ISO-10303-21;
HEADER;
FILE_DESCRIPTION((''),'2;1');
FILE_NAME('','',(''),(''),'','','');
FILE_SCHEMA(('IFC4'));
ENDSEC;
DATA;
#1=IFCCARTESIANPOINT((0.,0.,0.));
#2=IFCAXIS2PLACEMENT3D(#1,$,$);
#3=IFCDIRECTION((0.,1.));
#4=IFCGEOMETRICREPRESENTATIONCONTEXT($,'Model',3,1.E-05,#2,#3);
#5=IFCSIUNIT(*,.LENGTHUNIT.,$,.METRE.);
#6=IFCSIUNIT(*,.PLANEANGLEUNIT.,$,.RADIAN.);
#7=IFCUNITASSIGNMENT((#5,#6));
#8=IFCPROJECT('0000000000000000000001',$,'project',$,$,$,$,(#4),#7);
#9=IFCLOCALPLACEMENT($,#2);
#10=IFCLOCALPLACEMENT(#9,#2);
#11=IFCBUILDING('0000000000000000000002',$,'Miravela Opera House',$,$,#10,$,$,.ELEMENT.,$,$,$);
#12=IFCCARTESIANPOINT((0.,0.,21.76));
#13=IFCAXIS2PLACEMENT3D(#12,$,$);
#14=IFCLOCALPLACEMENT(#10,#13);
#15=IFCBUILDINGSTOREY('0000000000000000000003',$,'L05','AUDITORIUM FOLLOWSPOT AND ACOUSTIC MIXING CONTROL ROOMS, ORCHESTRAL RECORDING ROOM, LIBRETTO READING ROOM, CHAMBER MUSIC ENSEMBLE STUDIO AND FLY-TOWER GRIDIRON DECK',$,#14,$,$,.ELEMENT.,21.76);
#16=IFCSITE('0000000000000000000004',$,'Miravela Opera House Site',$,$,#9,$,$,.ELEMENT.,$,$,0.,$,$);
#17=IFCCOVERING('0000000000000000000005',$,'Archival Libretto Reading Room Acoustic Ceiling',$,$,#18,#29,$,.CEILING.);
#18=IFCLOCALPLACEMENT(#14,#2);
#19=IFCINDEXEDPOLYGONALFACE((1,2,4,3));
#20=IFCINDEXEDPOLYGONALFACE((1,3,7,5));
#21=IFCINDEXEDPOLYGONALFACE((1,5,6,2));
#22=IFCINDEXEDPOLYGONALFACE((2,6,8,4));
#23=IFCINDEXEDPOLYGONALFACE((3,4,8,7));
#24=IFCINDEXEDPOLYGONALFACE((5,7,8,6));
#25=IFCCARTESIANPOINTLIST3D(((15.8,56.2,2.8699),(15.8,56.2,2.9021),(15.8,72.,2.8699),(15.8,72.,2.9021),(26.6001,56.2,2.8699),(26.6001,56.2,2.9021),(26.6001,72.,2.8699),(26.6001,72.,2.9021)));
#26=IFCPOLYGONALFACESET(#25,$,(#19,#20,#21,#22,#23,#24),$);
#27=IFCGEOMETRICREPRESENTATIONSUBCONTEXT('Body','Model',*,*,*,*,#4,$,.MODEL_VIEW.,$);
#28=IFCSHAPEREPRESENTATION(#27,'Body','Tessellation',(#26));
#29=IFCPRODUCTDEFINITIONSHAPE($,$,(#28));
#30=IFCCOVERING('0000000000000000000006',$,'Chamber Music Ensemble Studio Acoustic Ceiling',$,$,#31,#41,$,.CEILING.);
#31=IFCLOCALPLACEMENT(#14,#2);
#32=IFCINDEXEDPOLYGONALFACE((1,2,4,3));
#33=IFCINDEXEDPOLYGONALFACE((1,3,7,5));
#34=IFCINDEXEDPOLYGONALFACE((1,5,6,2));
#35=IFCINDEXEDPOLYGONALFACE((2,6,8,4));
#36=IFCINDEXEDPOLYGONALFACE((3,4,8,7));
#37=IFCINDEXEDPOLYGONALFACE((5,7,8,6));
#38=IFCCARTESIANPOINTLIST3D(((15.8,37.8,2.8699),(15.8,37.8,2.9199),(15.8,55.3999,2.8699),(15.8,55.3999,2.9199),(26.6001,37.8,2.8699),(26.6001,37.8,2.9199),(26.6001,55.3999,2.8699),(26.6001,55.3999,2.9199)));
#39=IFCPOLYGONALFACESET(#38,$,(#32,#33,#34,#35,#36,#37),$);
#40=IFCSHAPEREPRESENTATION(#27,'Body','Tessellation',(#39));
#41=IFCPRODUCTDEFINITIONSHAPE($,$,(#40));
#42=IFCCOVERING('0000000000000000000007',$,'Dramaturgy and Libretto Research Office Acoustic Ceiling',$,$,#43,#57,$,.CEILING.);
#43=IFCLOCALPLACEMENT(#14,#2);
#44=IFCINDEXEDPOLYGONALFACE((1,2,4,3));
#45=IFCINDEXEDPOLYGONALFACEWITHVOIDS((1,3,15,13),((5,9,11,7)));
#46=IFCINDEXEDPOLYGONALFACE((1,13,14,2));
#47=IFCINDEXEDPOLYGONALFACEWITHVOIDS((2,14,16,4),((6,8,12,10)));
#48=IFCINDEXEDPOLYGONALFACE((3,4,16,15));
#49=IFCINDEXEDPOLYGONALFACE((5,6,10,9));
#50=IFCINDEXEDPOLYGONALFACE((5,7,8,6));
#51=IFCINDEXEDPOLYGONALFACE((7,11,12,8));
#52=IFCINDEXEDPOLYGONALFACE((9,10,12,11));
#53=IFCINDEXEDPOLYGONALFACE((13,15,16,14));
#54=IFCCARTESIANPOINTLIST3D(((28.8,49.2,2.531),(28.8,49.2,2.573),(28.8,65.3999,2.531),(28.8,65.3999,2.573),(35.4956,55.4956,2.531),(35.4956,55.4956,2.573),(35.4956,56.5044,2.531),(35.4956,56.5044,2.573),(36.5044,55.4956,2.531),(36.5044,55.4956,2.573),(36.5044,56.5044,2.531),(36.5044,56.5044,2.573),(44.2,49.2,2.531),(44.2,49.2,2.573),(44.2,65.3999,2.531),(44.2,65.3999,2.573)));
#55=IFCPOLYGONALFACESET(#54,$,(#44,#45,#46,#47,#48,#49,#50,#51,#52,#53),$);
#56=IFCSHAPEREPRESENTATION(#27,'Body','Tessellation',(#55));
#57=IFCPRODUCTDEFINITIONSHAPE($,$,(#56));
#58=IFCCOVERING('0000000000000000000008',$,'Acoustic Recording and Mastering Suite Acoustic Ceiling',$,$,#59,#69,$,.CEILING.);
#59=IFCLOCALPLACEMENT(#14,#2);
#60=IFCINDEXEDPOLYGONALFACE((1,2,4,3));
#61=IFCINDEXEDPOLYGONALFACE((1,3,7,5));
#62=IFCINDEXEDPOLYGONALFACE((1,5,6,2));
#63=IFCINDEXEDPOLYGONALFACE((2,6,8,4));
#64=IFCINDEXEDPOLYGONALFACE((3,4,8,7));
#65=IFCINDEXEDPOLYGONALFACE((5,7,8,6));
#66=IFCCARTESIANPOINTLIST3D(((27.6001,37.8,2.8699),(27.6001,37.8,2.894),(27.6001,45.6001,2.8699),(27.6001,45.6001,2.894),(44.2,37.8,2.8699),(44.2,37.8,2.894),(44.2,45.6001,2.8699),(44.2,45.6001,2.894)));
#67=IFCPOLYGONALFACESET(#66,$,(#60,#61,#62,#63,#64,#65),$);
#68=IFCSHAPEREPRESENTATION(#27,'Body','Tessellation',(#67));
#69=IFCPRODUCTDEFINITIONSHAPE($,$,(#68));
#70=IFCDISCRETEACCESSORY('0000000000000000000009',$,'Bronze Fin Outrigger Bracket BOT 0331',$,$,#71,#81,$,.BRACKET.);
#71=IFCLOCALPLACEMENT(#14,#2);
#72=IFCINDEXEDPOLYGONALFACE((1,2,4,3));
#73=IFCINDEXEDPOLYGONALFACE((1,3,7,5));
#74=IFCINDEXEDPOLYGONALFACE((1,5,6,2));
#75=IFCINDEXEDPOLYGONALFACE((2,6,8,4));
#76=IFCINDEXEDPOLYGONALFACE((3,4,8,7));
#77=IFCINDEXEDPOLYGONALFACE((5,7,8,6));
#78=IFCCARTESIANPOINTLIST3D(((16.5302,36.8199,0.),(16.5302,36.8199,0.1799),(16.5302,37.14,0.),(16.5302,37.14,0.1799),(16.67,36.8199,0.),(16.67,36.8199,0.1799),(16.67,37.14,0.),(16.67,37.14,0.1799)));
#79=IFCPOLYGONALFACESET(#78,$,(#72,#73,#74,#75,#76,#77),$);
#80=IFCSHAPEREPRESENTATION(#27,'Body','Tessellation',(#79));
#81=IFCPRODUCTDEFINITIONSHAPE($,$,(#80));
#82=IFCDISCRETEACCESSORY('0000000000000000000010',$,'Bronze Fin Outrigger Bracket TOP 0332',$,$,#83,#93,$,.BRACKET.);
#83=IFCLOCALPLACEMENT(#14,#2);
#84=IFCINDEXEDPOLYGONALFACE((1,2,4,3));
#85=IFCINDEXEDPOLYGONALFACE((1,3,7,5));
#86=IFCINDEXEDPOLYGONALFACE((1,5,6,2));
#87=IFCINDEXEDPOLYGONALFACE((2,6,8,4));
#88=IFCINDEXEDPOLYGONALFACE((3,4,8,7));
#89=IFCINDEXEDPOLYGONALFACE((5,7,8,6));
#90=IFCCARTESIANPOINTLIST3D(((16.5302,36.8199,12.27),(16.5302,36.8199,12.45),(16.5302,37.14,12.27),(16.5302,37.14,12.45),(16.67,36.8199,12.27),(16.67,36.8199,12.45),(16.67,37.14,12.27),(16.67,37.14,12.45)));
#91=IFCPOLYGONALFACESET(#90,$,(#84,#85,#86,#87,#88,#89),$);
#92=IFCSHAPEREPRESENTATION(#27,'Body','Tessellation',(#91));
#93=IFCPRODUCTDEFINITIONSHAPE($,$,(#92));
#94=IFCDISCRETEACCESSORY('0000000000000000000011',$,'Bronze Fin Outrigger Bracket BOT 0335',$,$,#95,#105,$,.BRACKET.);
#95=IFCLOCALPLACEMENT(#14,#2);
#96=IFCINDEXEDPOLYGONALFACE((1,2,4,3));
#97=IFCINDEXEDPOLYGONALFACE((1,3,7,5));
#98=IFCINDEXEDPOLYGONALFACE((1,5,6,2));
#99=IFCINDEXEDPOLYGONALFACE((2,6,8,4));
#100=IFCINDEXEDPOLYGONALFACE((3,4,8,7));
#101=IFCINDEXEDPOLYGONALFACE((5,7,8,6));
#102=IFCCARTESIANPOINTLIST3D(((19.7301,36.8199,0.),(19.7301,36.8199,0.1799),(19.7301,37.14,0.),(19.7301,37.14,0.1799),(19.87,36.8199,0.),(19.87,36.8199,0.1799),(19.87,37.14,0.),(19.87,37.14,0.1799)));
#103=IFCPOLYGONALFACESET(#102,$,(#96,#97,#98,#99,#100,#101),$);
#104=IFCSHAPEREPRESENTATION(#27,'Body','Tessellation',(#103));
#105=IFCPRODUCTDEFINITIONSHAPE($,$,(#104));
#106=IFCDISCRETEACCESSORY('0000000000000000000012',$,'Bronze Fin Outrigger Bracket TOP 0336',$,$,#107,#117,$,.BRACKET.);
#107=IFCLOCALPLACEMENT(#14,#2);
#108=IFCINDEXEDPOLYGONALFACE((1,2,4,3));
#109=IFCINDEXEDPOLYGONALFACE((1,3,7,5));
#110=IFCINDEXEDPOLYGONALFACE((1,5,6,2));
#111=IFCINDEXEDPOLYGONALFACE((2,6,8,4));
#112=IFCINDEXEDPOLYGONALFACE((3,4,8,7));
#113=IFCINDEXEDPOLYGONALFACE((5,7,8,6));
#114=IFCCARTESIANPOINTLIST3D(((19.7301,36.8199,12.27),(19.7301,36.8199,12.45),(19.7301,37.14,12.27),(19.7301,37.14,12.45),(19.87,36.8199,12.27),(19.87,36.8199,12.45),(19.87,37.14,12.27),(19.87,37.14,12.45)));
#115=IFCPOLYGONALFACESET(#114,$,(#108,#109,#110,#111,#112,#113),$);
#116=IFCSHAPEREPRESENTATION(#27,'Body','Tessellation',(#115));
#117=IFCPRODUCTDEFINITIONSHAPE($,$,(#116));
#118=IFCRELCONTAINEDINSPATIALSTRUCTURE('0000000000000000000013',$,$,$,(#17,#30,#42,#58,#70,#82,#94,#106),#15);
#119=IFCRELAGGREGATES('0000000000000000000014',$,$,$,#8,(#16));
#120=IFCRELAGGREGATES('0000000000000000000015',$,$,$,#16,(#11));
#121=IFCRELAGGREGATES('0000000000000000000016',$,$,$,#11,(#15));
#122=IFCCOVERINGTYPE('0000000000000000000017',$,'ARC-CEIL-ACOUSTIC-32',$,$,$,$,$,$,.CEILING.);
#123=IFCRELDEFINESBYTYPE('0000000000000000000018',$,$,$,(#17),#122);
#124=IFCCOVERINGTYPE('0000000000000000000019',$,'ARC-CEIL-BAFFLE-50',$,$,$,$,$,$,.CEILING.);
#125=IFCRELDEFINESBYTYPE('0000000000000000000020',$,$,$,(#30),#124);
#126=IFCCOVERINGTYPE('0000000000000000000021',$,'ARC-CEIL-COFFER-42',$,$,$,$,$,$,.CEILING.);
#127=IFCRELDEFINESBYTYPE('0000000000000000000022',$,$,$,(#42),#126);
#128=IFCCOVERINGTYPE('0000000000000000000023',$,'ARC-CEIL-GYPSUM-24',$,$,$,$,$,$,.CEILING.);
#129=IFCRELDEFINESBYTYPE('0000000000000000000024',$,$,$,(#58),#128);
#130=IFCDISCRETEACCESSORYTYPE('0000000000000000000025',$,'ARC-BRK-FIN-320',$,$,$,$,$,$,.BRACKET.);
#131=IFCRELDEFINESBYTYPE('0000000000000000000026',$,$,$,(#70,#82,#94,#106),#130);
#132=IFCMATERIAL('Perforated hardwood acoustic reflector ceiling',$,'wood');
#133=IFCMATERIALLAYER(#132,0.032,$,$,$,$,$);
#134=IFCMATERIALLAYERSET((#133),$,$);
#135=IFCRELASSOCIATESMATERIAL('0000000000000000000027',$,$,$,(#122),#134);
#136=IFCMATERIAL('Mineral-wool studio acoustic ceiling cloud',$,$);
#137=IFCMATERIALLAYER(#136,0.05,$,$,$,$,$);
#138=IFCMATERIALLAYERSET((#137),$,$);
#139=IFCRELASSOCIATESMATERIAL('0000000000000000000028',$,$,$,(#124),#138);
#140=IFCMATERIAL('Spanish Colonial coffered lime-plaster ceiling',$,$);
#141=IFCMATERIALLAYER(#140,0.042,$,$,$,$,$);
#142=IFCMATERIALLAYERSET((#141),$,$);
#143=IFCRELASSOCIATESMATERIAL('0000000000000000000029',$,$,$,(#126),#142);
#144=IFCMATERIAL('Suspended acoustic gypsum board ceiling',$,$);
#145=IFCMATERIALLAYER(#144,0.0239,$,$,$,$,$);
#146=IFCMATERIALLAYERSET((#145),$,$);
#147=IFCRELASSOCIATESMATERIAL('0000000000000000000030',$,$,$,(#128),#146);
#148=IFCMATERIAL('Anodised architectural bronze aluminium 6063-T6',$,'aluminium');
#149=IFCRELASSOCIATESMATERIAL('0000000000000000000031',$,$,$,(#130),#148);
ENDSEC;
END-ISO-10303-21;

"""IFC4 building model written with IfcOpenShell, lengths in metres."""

from ifc_helpers import new_model, si_unit, direction, frame, origin, origin_2d, place, context, subcontext, project, spatial, polyline, rectangle, outline, extrude, material, layer, layer_set, type_object, element, save


model = new_model("IFC4")

# Units and contexts
model_context = context("Model", 3, precision=1e-05, world=origin(), true_north=direction((0.0, 1.0)))
body_context = subcontext(model_context, "Body", "Model", "MODEL_VIEW")
ifc_project = project(units=[si_unit("LENGTHUNIT", "METRE"), si_unit("PLANEANGLEUNIT", "RADIAN")], contexts=[model_context])

# Site, building, storey
site_placement = place(None, origin())
site = spatial("IfcSite", under=ifc_project, at=site_placement, Name="Miravela Opera House Site", CompositionType="ELEMENT", RefElevation=0.0)
building_placement = place(site_placement, origin())
building = spatial("IfcBuilding", under=site, at=building_placement, Name="Miravela Opera House", CompositionType="ELEMENT")
storey_placement = place(building_placement, frame((0.0, 0.0, 21.76)))
storey = spatial("IfcBuildingStorey", under=building, at=storey_placement, Name="L05", Description="AUDITORIUM FOLLOWSPOT AND ACOUSTIC MIXING CONTROL ROOMS, ORCHESTRAL RECORDING ROOM, LIBRETTO READING ROOM, CHAMBER MUSIC ENSEMBLE STUDIO AND FLY-TOWER GRIDIRON DECK", CompositionType="ELEMENT", Elevation=21.76)

# Shared definitions
ifc_material_1 = material(Name="Anodised architectural bronze aluminium 6063-T6", Category="aluminium")

# Coverings
ifc_material_2 = material(Name="Perforated hardwood acoustic reflector ceiling", Category="wood")
ifc_layer_1 = layer(ifc_material_2, 0.032)
ifc_layer_set_1 = layer_set([ifc_layer_1])
covering_type_1 = type_object("IfcCoveringType", Name="ARC-CEIL-ACOUSTIC-32", PredefinedType="CEILING", material=ifc_layer_set_1)
covering_1_placement = place(storey_placement, frame((0.0, 0.0, 2.8699)))
element("IfcCovering", 1, at=covering_1_placement, inside=storey, type_object=covering_type_1, Name="Archival Libretto Reading Room Acoustic Ceiling", PredefinedType="CEILING", context=body_context, shape_type="SweptSolid", body=[
    extrude(outline(polyline([(15.8, 56.2), (26.6001, 56.2), (26.6001, 72.0), (15.8, 72.0), (15.8, 56.2)])), origin(), (0.0, 0.0, 1.0), 0.0322),
])
ifc_material_3 = material(Name="Mineral-wool studio acoustic ceiling cloud")
ifc_layer_2 = layer(ifc_material_3, 0.05)
ifc_layer_set_2 = layer_set([ifc_layer_2])
covering_type_2 = type_object("IfcCoveringType", Name="ARC-CEIL-BAFFLE-50", PredefinedType="CEILING", material=ifc_layer_set_2)
covering_2_placement = place(storey_placement, frame((0.0, 0.0, 2.8699)))
element("IfcCovering", 2, at=covering_2_placement, inside=storey, type_object=covering_type_2, Name="Chamber Music Ensemble Studio Acoustic Ceiling", PredefinedType="CEILING", context=body_context, shape_type="SweptSolid", body=[
    extrude(outline(polyline([(15.8, 37.8), (26.6001, 37.8), (26.6001, 55.3999), (15.8, 55.3999), (15.8, 37.8)])), origin(), (0.0, 0.0, 1.0), 0.05),
])
ifc_material_4 = material(Name="Spanish Colonial coffered lime-plaster ceiling")
ifc_layer_3 = layer(ifc_material_4, 0.042)
ifc_layer_set_3 = layer_set([ifc_layer_3])
covering_type_3 = type_object("IfcCoveringType", Name="ARC-CEIL-COFFER-42", PredefinedType="CEILING", material=ifc_layer_set_3)
covering_3_placement = place(storey_placement, frame((0.0, 0.0, 2.531)))
element("IfcCovering", 3, at=covering_3_placement, inside=storey, type_object=covering_type_3, Name="Dramaturgy and Libretto Research Office Acoustic Ceiling", PredefinedType="CEILING", context=body_context, shape_type="SweptSolid", body=[
    extrude(outline(polyline([(28.8, 49.2), (44.2, 49.2), (44.2, 65.3999), (28.8, 65.3999), (28.8, 49.2)]), holes=[polyline([(35.4956, 55.4956), (36.5044, 55.4956), (36.5044, 56.5044), (35.4956, 56.5044), (35.4956, 55.4956)])]), origin(), (0.0, 0.0, 1.0), 0.042),
])
ifc_material_5 = material(Name="Suspended acoustic gypsum board ceiling")
ifc_layer_4 = layer(ifc_material_5, 0.0239)
ifc_layer_set_4 = layer_set([ifc_layer_4])
covering_type_4 = type_object("IfcCoveringType", Name="ARC-CEIL-GYPSUM-24", PredefinedType="CEILING", material=ifc_layer_set_4)
covering_4_placement = place(storey_placement, frame((0.0, 0.0, 2.8699)))
element("IfcCovering", 4, at=covering_4_placement, inside=storey, type_object=covering_type_4, Name="Acoustic Recording and Mastering Suite Acoustic Ceiling", PredefinedType="CEILING", context=body_context, shape_type="SweptSolid", body=[
    extrude(outline(polyline([(27.6001, 37.8), (44.2, 37.8), (44.2, 45.6001), (27.6001, 45.6001), (27.6001, 37.8)])), origin(), (0.0, 0.0, 1.0), 0.0242),
])

# Discrete accessories
discrete_accessory_type = type_object("IfcDiscreteAccessoryType", Name="ARC-BRK-FIN-320", PredefinedType="BRACKET", material=ifc_material_1)
for number, where, z_axis, x_axis, name in (
    (5, (16.6001, 36.98, 0.0), (0.0, 0.0, 1.0), (0.0, 1.0, 0.0), "Bronze Fin Outrigger Bracket BOT 0331"),
    (6, (16.6001, 36.98, 12.27), (0.0, 0.0, 1.0), (0.0, 1.0, 0.0), "Bronze Fin Outrigger Bracket TOP 0332"),
    (7, (19.8, 36.98, 0.0), (0.0, 0.0, 1.0), (0.0, 1.0, 0.0), "Bronze Fin Outrigger Bracket BOT 0335"),
    (8, (19.8, 36.98, 12.27), (0.0, 0.0, 1.0), (0.0, 1.0, 0.0), "Bronze Fin Outrigger Bracket TOP 0336"),
):
    element("IfcDiscreteAccessory", number, at=place(storey_placement, frame(where, z_axis=z_axis, x_axis=x_axis)), inside=storey, type_object=discrete_accessory_type, Name=name, PredefinedType="BRACKET", context=body_context, shape_type="SweptSolid", body=[
        extrude(rectangle(XDim=0.3201, YDim=0.1399, at=origin_2d()), origin(), (0.0, 0.0, 1.0), 0.1799),
    ])

save(model, "model.ifc")
